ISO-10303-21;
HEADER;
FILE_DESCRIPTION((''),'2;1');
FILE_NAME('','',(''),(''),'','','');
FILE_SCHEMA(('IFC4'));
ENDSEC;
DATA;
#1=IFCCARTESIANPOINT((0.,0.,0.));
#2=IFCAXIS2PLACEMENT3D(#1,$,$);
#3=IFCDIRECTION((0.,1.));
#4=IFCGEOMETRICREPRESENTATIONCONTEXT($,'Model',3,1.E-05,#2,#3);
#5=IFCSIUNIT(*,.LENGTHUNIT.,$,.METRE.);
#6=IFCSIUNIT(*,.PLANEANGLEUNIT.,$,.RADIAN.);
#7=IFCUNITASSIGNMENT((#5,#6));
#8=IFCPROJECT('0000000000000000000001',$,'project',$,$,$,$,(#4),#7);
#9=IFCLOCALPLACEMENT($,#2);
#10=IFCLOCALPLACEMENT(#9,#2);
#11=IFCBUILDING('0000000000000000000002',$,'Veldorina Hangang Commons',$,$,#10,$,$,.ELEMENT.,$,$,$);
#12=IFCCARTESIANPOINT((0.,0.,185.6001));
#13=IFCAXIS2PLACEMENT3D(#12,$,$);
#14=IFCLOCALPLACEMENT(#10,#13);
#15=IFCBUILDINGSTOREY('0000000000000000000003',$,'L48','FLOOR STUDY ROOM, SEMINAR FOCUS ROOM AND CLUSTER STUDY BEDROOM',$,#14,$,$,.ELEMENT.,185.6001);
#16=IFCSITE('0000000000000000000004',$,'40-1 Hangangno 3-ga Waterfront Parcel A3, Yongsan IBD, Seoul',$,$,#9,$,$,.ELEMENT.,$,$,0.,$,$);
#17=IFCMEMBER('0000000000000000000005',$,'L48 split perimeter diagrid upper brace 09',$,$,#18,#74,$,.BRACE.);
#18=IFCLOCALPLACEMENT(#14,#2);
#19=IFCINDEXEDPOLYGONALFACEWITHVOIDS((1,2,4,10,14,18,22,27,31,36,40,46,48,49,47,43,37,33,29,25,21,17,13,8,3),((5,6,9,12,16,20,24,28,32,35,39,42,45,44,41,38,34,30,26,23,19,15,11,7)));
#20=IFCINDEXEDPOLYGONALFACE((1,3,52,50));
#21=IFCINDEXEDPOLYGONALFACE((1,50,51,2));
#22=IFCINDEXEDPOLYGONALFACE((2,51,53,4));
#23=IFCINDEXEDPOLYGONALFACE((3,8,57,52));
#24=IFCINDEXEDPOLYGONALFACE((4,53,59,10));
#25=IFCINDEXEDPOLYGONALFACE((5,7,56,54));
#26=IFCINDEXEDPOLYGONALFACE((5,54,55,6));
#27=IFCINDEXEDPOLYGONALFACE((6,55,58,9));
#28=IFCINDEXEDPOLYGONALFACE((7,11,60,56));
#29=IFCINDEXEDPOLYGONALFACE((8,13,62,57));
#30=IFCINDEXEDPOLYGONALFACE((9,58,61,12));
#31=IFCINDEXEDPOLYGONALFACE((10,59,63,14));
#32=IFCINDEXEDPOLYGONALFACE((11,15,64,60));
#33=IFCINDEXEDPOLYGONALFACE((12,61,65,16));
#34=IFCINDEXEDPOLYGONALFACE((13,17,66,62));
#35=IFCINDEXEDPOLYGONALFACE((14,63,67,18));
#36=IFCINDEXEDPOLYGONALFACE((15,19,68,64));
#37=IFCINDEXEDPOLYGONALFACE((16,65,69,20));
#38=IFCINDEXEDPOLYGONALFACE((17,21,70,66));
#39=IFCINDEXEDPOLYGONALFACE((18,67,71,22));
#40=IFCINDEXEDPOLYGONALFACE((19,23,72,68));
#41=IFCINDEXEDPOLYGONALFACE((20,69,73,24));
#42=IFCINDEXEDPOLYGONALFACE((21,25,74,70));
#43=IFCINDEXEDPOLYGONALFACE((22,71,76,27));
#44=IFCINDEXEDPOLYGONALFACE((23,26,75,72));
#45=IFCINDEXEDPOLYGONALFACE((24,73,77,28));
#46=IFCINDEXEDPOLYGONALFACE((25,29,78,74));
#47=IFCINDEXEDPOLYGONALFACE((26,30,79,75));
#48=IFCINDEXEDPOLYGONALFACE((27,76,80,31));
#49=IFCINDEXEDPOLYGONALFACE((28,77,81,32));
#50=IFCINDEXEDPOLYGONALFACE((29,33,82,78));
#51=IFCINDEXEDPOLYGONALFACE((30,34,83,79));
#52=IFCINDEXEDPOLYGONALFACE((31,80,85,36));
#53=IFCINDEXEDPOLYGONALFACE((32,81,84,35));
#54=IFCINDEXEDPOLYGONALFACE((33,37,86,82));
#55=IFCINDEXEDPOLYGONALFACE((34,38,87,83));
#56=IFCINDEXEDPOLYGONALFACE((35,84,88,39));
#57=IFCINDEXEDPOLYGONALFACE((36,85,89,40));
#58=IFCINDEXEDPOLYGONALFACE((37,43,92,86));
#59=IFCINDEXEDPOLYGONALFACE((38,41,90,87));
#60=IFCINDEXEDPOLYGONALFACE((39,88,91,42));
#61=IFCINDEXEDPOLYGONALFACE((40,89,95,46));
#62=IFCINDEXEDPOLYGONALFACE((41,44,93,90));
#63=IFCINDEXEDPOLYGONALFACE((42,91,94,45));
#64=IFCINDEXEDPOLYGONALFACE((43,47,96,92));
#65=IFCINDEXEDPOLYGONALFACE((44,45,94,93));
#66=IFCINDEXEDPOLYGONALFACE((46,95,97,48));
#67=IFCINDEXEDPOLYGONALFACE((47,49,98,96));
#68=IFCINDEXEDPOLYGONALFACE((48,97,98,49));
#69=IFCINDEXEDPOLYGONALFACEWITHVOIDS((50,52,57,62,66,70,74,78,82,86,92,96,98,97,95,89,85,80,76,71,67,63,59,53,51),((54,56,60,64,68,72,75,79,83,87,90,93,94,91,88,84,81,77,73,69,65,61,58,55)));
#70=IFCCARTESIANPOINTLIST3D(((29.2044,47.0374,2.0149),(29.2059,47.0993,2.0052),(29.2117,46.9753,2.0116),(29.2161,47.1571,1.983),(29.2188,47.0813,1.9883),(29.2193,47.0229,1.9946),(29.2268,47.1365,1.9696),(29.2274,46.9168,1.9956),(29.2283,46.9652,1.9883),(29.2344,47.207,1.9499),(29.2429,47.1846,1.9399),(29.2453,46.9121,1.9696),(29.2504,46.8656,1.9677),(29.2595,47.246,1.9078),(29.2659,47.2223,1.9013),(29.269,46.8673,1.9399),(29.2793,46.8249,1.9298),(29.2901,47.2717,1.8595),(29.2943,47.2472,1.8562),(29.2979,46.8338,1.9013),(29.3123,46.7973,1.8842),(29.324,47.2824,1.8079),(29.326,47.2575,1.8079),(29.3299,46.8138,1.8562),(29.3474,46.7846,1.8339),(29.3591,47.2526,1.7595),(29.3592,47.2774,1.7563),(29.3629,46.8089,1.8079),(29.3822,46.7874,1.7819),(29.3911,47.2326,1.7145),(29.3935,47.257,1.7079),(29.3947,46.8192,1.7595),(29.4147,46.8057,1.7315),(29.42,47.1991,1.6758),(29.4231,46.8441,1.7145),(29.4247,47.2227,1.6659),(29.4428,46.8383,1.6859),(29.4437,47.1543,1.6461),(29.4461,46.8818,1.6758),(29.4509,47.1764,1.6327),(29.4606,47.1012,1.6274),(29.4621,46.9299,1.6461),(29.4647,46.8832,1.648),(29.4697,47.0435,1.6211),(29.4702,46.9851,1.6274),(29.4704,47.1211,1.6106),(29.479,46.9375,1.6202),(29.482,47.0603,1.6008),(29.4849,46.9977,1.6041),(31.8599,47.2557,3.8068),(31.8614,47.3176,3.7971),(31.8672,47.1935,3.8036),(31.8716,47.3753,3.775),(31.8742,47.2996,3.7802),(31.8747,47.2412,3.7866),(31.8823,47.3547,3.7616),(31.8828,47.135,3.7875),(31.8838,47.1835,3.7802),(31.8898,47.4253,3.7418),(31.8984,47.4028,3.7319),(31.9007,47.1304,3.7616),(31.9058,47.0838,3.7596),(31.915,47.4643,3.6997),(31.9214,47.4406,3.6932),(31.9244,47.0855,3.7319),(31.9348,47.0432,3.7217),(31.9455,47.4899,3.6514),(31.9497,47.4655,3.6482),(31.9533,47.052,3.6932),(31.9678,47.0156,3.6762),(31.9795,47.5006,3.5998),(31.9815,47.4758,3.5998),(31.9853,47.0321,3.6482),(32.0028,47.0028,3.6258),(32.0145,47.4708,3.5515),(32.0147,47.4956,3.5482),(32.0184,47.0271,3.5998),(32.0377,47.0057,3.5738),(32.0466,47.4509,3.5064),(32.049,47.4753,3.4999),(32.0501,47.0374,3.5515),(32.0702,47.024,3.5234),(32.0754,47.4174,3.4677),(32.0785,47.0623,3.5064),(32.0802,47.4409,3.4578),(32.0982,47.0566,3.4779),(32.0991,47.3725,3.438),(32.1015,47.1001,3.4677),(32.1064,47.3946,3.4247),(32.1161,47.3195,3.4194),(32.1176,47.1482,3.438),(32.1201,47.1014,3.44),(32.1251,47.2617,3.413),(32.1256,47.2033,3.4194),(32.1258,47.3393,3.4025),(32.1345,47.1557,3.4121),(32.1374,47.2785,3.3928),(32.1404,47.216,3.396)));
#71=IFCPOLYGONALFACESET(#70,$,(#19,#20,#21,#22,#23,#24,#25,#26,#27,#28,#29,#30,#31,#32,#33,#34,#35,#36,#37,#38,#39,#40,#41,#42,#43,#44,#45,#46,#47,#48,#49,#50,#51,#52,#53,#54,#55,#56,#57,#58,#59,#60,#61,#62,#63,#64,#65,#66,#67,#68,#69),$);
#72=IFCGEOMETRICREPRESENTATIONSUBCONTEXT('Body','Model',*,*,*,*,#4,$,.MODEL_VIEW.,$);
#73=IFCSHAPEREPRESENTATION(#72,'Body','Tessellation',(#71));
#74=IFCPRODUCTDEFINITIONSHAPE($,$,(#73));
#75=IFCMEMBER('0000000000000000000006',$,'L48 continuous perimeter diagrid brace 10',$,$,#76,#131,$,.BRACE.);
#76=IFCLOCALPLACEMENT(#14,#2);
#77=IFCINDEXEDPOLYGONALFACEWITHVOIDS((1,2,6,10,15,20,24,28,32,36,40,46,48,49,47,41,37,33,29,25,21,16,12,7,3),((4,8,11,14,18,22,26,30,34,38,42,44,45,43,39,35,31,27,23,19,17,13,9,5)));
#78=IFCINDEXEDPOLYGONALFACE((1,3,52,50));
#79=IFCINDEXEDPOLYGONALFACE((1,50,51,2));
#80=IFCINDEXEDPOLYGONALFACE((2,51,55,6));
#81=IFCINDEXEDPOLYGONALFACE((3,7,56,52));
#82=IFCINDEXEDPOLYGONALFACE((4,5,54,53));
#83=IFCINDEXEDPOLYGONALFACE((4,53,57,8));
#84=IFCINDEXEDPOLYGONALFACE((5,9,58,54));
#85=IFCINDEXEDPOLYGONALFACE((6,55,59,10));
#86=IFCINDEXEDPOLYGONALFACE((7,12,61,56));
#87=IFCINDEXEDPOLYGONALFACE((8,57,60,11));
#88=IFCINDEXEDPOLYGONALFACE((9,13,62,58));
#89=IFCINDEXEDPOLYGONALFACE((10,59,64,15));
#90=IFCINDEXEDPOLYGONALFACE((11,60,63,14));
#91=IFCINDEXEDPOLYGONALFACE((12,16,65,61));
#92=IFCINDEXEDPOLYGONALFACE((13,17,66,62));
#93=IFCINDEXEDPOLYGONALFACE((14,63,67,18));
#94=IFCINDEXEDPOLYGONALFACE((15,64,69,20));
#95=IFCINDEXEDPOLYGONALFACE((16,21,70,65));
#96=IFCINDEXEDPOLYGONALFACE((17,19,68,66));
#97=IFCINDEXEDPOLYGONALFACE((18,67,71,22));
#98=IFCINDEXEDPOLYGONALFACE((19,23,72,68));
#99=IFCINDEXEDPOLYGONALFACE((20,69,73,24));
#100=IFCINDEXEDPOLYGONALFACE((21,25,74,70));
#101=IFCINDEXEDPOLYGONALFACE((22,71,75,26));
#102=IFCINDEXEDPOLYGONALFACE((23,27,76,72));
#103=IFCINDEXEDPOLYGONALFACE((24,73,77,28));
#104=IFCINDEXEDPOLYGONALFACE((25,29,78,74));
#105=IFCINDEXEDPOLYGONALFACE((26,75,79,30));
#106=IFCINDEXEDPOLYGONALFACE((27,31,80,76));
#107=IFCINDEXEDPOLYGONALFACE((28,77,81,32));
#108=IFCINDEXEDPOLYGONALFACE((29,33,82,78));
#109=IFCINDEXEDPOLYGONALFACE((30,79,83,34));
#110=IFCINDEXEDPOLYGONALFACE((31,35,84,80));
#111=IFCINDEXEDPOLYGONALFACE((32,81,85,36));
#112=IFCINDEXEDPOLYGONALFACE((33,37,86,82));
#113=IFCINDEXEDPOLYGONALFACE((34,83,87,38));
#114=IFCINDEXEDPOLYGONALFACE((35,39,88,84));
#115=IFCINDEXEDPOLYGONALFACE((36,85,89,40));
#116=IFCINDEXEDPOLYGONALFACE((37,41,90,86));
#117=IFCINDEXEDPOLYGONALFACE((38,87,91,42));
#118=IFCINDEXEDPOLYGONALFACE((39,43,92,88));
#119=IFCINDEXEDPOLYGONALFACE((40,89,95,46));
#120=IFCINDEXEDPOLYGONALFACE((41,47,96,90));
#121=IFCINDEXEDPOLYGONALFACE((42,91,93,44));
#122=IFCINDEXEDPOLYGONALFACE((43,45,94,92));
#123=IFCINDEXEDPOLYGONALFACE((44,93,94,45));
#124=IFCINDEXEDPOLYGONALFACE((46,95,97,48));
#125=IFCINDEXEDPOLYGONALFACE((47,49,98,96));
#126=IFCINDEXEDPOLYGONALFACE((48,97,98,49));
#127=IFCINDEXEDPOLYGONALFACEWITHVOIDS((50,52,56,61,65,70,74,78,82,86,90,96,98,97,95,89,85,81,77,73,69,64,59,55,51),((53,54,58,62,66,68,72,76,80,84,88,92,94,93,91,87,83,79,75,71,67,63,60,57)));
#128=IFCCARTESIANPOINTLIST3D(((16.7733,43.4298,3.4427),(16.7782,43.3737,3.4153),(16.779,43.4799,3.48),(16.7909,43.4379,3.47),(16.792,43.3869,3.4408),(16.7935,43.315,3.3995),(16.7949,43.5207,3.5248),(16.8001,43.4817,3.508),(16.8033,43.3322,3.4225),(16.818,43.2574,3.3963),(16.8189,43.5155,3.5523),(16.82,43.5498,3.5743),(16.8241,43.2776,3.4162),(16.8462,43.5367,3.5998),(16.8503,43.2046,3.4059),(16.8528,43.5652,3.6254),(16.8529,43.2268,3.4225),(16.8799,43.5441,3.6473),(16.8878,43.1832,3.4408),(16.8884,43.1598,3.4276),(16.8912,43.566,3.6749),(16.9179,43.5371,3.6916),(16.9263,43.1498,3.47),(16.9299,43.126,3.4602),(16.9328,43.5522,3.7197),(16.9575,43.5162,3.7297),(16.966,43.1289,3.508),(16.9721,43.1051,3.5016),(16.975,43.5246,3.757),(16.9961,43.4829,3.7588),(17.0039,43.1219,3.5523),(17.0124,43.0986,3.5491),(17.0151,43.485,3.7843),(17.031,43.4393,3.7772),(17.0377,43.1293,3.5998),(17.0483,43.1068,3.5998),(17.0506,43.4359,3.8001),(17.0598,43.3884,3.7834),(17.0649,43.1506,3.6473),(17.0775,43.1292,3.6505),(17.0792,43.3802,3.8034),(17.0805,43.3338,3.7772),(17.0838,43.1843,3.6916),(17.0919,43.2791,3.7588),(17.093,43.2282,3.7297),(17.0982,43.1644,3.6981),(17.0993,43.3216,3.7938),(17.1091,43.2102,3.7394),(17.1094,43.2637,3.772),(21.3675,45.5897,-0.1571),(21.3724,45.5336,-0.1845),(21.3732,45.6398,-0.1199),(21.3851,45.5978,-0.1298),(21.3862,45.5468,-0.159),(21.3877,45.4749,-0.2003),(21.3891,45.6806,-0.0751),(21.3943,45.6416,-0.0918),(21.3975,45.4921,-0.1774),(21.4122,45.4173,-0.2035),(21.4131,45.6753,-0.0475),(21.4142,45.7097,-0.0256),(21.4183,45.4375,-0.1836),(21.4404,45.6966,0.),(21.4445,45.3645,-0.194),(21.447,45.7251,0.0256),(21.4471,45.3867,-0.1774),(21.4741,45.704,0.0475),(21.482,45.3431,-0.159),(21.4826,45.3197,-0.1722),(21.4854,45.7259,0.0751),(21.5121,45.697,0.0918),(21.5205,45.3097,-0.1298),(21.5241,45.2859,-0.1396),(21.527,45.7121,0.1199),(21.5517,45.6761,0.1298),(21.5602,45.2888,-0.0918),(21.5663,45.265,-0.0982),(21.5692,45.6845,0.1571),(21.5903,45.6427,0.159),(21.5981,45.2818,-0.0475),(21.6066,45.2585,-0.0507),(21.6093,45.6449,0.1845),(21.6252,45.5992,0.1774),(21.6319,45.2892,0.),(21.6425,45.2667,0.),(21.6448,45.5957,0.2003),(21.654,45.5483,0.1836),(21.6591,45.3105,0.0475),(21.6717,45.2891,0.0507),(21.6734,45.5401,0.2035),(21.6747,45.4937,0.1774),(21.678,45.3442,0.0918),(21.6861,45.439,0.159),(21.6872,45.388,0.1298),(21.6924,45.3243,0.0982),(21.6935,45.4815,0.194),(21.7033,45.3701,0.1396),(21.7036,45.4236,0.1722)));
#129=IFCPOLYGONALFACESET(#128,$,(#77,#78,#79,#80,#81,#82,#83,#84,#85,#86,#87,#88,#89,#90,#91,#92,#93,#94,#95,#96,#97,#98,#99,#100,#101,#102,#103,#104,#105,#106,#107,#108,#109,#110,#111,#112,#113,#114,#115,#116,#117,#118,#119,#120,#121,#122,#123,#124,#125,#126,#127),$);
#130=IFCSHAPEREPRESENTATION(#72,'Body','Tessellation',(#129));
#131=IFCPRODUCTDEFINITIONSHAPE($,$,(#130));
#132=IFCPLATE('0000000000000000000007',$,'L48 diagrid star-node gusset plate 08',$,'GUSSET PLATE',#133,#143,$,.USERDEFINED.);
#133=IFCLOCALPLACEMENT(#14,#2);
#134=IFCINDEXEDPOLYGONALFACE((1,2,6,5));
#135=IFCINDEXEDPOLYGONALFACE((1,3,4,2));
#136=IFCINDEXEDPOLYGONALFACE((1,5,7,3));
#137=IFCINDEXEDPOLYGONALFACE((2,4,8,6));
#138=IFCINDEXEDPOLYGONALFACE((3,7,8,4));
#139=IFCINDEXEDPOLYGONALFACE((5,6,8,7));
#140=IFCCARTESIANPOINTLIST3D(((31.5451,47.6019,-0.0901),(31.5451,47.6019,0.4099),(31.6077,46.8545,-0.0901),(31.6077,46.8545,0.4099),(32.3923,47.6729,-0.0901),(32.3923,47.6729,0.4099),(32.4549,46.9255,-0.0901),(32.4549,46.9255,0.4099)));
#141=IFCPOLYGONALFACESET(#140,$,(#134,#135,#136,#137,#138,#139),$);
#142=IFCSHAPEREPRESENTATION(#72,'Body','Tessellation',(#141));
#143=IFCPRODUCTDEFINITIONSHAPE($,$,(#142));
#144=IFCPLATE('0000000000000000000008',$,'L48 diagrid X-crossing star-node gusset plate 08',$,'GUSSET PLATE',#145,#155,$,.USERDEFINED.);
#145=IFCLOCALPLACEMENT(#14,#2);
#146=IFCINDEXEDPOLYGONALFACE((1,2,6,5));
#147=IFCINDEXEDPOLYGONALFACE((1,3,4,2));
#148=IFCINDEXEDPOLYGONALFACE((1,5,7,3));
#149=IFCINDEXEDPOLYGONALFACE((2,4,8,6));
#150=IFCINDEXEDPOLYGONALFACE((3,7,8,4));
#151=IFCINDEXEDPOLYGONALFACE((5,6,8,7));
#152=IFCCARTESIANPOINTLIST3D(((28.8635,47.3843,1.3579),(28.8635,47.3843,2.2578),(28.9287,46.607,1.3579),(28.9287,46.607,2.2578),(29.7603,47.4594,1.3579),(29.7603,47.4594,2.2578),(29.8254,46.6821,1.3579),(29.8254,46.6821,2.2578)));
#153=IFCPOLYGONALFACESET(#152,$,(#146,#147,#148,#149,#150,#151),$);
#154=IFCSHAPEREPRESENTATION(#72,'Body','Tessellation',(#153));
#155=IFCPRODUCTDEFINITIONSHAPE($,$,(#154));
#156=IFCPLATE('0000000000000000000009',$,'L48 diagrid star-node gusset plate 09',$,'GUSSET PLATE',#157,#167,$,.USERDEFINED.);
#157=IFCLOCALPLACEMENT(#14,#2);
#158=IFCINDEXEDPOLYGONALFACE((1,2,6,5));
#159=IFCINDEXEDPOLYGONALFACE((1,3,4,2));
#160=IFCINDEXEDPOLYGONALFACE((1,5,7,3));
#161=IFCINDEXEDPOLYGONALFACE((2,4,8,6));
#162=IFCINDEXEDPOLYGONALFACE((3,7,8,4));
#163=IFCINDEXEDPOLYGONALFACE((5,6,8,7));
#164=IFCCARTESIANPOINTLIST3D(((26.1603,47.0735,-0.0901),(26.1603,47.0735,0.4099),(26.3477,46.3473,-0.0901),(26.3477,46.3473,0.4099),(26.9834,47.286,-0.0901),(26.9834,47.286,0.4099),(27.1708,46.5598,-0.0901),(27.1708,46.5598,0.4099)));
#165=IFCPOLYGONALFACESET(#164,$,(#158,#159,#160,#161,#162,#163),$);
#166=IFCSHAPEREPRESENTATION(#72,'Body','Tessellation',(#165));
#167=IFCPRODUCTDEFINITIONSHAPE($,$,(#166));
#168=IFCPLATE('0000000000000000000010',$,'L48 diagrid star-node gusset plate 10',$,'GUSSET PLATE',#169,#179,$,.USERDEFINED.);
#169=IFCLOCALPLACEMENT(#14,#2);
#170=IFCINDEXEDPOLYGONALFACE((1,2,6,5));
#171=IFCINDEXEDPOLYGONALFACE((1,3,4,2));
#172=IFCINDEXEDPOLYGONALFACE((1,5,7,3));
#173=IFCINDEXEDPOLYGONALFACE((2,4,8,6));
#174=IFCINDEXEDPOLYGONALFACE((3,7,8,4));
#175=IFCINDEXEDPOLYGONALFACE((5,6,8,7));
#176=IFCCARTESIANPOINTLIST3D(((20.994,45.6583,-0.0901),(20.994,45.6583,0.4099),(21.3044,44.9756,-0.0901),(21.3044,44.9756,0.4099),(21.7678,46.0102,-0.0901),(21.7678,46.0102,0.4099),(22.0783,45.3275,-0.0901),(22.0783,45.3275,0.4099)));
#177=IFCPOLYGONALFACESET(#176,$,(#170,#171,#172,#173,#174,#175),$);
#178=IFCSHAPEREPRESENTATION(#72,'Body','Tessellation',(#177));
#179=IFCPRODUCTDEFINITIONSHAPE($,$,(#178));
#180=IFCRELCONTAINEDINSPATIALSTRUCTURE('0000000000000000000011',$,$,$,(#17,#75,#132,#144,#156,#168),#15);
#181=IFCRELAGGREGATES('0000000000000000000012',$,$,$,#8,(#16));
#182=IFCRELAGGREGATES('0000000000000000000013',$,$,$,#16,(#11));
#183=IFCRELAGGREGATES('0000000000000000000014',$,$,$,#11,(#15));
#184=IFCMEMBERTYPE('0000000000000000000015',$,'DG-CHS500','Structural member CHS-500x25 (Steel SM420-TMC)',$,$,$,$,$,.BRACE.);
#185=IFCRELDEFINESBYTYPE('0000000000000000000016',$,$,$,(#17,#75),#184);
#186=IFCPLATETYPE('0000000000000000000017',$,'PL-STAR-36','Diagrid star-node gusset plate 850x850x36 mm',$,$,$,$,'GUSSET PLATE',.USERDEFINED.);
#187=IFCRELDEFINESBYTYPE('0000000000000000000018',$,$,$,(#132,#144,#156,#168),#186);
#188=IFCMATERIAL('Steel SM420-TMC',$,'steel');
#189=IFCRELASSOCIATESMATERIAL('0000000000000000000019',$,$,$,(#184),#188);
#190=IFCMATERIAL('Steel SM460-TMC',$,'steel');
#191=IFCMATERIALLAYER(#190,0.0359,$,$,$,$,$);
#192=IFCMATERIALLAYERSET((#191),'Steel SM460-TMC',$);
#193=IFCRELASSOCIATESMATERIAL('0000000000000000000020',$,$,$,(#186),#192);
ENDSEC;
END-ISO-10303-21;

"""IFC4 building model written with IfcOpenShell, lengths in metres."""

from ifc_helpers import new_model, si_unit, direction, frame, origin, origin_2d, place, context, subcontext, project, spatial, rectangle, hollow_circle, extrude, material, layer, layer_set, material_profile, profile_set, type_object, element, save


model = new_model("IFC4")

# Units and contexts
model_context = context("Model", 3, precision=1e-05, world=origin(), true_north=direction((0.0, 1.0)))
body_context = subcontext(model_context, "Body", "Model", "MODEL_VIEW")
ifc_project = project(units=[si_unit("LENGTHUNIT", "METRE"), si_unit("PLANEANGLEUNIT", "RADIAN")], contexts=[model_context])

# Site, building, storey
site_placement = place(None, origin())
site = spatial("IfcSite", under=ifc_project, at=site_placement, Name="40-1 Hangangno 3-ga Waterfront Parcel A3, Yongsan IBD, Seoul", CompositionType="ELEMENT", RefElevation=0.0)
building_placement = place(site_placement, origin())
building = spatial("IfcBuilding", under=site, at=building_placement, Name="Veldorina Hangang Commons", CompositionType="ELEMENT")
storey_placement = place(building_placement, frame((0.0, 0.0, 185.6001)))
storey = spatial("IfcBuildingStorey", under=building, at=storey_placement, Name="L48", Description="FLOOR STUDY ROOM, SEMINAR FOCUS ROOM AND CLUSTER STUDY BEDROOM", CompositionType="ELEMENT", Elevation=185.6001)

# Shared definitions
ifc_material_1 = material(Name="Steel SM420-TMC", Category="steel")

# Members
ifc_material_profile_1 = material_profile(ifc_material_1, hollow_circle(Radius=0.25, WallThickness=0.0249, at=origin_2d()), Name="CHS-500x25")
ifc_profile_set_1 = profile_set([ifc_material_profile_1], Name="Steel SM420-TMC")
member_type = type_object("IfcMemberType", Name="DG-CHS500", Description="Structural member CHS-500x25 (Steel SM420-TMC)", PredefinedType="BRACE", material=ifc_profile_set_1)
member_1_placement = place(storey_placement, frame((29.3445, 47.0332, 1.8079), z_axis=(0.827001, 0.067973, 0.558076), x_axis=(-0.081916, 0.996639, 0.0)))
element("IfcMember", 1, at=member_1_placement, inside=storey, type_object=member_type, Name="L48 split perimeter diagrid upper brace 09", PredefinedType="BRACE", context=body_context, shape_type="SweptSolid", body=[
    extrude(hollow_circle(Radius=0.25, WallThickness=0.0249, at=origin_2d()), origin(), (0.0, 0.0, 1.0), 3.2109),
])
member_2_placement = place(storey_placement, frame((21.5361, 45.4929, 0.0), z_axis=(-0.738215, -0.347061, 0.578435), x_axis=(0.425461, -0.904977, 0.0)))
element("IfcMember", 2, at=member_2_placement, inside=storey, type_object=member_type, Name="L48 continuous perimeter diagrid brace 10", PredefinedType="BRACE", context=body_context, shape_type="SweptSolid", body=[
    extrude(hollow_circle(Radius=0.25, WallThickness=0.0249, at=origin_2d()), origin(), (0.0, 0.0, 1.0), 6.2234),
])

# Plates
ifc_material_2 = material(Name="Steel SM460-TMC", Category="steel")
ifc_layer_1 = layer(ifc_material_2, 0.0359)
ifc_layer_set_1 = layer_set([ifc_layer_1], Name="Steel SM460-TMC")
plate_type = type_object("IfcPlateType", Name="PL-STAR-36", Description="Diagrid star-node gusset plate 850x850x36 mm", ElementType="GUSSET PLATE", PredefinedType="USERDEFINED", material=ifc_layer_set_1)
plate_1_placement = place(storey_placement, frame((32.0, 47.2637, -0.0901), z_axis=(0.0, 0.0, 1.0), x_axis=(-0.996507, -0.083504, 0.0)))
element("IfcPlate", 3, at=plate_1_placement, inside=storey, type_object=plate_type, Name="L48 diagrid star-node gusset plate 08", ObjectType="GUSSET PLATE", PredefinedType="USERDEFINED", context=body_context, shape_type="SweptSolid", body=[
    extrude(rectangle(XDim=0.8501, YDim=0.75, at=origin_2d()), origin(), (0.0, 0.0, 1.0), 0.5),
])
plate_2_placement = place(storey_placement, frame((29.3445, 47.0332, 1.3579), z_axis=(0.0, 0.0, 1.0), x_axis=(-0.996507, -0.083504, 0.0)))
element("IfcPlate", 4, at=plate_2_placement, inside=storey, type_object=plate_type, Name="L48 diagrid X-crossing star-node gusset plate 08", ObjectType="GUSSET PLATE", PredefinedType="USERDEFINED", context=body_context, shape_type="SweptSolid", body=[
    extrude(rectangle(XDim=0.8999, YDim=0.78, at=origin_2d()), origin(), (0.0, 0.0, 1.0), 0.8999),
])
for number, where, z_axis, x_axis, name in (
    (5, (26.6655, 46.8167, -0.0901), (0.0, 0.0, 1.0), (-0.968274, -0.24989, 0.0), "L48 diagrid star-node gusset plate 09"),
    (6, (21.5361, 45.4929, -0.0901), (0.0, 0.0, 1.0), (-0.910294, -0.413963, 0.0), "L48 diagrid star-node gusset plate 10"),
):
    element("IfcPlate", number, at=place(storey_placement, frame(where, z_axis=z_axis, x_axis=x_axis)), inside=storey, type_object=plate_type, Name=name, ObjectType="GUSSET PLATE", PredefinedType="USERDEFINED", context=body_context, shape_type="SweptSolid", body=[
        extrude(rectangle(XDim=0.8501, YDim=0.75, at=origin_2d()), origin(), (0.0, 0.0, 1.0), 0.5),
    ])

save(model, "model.ifc")
